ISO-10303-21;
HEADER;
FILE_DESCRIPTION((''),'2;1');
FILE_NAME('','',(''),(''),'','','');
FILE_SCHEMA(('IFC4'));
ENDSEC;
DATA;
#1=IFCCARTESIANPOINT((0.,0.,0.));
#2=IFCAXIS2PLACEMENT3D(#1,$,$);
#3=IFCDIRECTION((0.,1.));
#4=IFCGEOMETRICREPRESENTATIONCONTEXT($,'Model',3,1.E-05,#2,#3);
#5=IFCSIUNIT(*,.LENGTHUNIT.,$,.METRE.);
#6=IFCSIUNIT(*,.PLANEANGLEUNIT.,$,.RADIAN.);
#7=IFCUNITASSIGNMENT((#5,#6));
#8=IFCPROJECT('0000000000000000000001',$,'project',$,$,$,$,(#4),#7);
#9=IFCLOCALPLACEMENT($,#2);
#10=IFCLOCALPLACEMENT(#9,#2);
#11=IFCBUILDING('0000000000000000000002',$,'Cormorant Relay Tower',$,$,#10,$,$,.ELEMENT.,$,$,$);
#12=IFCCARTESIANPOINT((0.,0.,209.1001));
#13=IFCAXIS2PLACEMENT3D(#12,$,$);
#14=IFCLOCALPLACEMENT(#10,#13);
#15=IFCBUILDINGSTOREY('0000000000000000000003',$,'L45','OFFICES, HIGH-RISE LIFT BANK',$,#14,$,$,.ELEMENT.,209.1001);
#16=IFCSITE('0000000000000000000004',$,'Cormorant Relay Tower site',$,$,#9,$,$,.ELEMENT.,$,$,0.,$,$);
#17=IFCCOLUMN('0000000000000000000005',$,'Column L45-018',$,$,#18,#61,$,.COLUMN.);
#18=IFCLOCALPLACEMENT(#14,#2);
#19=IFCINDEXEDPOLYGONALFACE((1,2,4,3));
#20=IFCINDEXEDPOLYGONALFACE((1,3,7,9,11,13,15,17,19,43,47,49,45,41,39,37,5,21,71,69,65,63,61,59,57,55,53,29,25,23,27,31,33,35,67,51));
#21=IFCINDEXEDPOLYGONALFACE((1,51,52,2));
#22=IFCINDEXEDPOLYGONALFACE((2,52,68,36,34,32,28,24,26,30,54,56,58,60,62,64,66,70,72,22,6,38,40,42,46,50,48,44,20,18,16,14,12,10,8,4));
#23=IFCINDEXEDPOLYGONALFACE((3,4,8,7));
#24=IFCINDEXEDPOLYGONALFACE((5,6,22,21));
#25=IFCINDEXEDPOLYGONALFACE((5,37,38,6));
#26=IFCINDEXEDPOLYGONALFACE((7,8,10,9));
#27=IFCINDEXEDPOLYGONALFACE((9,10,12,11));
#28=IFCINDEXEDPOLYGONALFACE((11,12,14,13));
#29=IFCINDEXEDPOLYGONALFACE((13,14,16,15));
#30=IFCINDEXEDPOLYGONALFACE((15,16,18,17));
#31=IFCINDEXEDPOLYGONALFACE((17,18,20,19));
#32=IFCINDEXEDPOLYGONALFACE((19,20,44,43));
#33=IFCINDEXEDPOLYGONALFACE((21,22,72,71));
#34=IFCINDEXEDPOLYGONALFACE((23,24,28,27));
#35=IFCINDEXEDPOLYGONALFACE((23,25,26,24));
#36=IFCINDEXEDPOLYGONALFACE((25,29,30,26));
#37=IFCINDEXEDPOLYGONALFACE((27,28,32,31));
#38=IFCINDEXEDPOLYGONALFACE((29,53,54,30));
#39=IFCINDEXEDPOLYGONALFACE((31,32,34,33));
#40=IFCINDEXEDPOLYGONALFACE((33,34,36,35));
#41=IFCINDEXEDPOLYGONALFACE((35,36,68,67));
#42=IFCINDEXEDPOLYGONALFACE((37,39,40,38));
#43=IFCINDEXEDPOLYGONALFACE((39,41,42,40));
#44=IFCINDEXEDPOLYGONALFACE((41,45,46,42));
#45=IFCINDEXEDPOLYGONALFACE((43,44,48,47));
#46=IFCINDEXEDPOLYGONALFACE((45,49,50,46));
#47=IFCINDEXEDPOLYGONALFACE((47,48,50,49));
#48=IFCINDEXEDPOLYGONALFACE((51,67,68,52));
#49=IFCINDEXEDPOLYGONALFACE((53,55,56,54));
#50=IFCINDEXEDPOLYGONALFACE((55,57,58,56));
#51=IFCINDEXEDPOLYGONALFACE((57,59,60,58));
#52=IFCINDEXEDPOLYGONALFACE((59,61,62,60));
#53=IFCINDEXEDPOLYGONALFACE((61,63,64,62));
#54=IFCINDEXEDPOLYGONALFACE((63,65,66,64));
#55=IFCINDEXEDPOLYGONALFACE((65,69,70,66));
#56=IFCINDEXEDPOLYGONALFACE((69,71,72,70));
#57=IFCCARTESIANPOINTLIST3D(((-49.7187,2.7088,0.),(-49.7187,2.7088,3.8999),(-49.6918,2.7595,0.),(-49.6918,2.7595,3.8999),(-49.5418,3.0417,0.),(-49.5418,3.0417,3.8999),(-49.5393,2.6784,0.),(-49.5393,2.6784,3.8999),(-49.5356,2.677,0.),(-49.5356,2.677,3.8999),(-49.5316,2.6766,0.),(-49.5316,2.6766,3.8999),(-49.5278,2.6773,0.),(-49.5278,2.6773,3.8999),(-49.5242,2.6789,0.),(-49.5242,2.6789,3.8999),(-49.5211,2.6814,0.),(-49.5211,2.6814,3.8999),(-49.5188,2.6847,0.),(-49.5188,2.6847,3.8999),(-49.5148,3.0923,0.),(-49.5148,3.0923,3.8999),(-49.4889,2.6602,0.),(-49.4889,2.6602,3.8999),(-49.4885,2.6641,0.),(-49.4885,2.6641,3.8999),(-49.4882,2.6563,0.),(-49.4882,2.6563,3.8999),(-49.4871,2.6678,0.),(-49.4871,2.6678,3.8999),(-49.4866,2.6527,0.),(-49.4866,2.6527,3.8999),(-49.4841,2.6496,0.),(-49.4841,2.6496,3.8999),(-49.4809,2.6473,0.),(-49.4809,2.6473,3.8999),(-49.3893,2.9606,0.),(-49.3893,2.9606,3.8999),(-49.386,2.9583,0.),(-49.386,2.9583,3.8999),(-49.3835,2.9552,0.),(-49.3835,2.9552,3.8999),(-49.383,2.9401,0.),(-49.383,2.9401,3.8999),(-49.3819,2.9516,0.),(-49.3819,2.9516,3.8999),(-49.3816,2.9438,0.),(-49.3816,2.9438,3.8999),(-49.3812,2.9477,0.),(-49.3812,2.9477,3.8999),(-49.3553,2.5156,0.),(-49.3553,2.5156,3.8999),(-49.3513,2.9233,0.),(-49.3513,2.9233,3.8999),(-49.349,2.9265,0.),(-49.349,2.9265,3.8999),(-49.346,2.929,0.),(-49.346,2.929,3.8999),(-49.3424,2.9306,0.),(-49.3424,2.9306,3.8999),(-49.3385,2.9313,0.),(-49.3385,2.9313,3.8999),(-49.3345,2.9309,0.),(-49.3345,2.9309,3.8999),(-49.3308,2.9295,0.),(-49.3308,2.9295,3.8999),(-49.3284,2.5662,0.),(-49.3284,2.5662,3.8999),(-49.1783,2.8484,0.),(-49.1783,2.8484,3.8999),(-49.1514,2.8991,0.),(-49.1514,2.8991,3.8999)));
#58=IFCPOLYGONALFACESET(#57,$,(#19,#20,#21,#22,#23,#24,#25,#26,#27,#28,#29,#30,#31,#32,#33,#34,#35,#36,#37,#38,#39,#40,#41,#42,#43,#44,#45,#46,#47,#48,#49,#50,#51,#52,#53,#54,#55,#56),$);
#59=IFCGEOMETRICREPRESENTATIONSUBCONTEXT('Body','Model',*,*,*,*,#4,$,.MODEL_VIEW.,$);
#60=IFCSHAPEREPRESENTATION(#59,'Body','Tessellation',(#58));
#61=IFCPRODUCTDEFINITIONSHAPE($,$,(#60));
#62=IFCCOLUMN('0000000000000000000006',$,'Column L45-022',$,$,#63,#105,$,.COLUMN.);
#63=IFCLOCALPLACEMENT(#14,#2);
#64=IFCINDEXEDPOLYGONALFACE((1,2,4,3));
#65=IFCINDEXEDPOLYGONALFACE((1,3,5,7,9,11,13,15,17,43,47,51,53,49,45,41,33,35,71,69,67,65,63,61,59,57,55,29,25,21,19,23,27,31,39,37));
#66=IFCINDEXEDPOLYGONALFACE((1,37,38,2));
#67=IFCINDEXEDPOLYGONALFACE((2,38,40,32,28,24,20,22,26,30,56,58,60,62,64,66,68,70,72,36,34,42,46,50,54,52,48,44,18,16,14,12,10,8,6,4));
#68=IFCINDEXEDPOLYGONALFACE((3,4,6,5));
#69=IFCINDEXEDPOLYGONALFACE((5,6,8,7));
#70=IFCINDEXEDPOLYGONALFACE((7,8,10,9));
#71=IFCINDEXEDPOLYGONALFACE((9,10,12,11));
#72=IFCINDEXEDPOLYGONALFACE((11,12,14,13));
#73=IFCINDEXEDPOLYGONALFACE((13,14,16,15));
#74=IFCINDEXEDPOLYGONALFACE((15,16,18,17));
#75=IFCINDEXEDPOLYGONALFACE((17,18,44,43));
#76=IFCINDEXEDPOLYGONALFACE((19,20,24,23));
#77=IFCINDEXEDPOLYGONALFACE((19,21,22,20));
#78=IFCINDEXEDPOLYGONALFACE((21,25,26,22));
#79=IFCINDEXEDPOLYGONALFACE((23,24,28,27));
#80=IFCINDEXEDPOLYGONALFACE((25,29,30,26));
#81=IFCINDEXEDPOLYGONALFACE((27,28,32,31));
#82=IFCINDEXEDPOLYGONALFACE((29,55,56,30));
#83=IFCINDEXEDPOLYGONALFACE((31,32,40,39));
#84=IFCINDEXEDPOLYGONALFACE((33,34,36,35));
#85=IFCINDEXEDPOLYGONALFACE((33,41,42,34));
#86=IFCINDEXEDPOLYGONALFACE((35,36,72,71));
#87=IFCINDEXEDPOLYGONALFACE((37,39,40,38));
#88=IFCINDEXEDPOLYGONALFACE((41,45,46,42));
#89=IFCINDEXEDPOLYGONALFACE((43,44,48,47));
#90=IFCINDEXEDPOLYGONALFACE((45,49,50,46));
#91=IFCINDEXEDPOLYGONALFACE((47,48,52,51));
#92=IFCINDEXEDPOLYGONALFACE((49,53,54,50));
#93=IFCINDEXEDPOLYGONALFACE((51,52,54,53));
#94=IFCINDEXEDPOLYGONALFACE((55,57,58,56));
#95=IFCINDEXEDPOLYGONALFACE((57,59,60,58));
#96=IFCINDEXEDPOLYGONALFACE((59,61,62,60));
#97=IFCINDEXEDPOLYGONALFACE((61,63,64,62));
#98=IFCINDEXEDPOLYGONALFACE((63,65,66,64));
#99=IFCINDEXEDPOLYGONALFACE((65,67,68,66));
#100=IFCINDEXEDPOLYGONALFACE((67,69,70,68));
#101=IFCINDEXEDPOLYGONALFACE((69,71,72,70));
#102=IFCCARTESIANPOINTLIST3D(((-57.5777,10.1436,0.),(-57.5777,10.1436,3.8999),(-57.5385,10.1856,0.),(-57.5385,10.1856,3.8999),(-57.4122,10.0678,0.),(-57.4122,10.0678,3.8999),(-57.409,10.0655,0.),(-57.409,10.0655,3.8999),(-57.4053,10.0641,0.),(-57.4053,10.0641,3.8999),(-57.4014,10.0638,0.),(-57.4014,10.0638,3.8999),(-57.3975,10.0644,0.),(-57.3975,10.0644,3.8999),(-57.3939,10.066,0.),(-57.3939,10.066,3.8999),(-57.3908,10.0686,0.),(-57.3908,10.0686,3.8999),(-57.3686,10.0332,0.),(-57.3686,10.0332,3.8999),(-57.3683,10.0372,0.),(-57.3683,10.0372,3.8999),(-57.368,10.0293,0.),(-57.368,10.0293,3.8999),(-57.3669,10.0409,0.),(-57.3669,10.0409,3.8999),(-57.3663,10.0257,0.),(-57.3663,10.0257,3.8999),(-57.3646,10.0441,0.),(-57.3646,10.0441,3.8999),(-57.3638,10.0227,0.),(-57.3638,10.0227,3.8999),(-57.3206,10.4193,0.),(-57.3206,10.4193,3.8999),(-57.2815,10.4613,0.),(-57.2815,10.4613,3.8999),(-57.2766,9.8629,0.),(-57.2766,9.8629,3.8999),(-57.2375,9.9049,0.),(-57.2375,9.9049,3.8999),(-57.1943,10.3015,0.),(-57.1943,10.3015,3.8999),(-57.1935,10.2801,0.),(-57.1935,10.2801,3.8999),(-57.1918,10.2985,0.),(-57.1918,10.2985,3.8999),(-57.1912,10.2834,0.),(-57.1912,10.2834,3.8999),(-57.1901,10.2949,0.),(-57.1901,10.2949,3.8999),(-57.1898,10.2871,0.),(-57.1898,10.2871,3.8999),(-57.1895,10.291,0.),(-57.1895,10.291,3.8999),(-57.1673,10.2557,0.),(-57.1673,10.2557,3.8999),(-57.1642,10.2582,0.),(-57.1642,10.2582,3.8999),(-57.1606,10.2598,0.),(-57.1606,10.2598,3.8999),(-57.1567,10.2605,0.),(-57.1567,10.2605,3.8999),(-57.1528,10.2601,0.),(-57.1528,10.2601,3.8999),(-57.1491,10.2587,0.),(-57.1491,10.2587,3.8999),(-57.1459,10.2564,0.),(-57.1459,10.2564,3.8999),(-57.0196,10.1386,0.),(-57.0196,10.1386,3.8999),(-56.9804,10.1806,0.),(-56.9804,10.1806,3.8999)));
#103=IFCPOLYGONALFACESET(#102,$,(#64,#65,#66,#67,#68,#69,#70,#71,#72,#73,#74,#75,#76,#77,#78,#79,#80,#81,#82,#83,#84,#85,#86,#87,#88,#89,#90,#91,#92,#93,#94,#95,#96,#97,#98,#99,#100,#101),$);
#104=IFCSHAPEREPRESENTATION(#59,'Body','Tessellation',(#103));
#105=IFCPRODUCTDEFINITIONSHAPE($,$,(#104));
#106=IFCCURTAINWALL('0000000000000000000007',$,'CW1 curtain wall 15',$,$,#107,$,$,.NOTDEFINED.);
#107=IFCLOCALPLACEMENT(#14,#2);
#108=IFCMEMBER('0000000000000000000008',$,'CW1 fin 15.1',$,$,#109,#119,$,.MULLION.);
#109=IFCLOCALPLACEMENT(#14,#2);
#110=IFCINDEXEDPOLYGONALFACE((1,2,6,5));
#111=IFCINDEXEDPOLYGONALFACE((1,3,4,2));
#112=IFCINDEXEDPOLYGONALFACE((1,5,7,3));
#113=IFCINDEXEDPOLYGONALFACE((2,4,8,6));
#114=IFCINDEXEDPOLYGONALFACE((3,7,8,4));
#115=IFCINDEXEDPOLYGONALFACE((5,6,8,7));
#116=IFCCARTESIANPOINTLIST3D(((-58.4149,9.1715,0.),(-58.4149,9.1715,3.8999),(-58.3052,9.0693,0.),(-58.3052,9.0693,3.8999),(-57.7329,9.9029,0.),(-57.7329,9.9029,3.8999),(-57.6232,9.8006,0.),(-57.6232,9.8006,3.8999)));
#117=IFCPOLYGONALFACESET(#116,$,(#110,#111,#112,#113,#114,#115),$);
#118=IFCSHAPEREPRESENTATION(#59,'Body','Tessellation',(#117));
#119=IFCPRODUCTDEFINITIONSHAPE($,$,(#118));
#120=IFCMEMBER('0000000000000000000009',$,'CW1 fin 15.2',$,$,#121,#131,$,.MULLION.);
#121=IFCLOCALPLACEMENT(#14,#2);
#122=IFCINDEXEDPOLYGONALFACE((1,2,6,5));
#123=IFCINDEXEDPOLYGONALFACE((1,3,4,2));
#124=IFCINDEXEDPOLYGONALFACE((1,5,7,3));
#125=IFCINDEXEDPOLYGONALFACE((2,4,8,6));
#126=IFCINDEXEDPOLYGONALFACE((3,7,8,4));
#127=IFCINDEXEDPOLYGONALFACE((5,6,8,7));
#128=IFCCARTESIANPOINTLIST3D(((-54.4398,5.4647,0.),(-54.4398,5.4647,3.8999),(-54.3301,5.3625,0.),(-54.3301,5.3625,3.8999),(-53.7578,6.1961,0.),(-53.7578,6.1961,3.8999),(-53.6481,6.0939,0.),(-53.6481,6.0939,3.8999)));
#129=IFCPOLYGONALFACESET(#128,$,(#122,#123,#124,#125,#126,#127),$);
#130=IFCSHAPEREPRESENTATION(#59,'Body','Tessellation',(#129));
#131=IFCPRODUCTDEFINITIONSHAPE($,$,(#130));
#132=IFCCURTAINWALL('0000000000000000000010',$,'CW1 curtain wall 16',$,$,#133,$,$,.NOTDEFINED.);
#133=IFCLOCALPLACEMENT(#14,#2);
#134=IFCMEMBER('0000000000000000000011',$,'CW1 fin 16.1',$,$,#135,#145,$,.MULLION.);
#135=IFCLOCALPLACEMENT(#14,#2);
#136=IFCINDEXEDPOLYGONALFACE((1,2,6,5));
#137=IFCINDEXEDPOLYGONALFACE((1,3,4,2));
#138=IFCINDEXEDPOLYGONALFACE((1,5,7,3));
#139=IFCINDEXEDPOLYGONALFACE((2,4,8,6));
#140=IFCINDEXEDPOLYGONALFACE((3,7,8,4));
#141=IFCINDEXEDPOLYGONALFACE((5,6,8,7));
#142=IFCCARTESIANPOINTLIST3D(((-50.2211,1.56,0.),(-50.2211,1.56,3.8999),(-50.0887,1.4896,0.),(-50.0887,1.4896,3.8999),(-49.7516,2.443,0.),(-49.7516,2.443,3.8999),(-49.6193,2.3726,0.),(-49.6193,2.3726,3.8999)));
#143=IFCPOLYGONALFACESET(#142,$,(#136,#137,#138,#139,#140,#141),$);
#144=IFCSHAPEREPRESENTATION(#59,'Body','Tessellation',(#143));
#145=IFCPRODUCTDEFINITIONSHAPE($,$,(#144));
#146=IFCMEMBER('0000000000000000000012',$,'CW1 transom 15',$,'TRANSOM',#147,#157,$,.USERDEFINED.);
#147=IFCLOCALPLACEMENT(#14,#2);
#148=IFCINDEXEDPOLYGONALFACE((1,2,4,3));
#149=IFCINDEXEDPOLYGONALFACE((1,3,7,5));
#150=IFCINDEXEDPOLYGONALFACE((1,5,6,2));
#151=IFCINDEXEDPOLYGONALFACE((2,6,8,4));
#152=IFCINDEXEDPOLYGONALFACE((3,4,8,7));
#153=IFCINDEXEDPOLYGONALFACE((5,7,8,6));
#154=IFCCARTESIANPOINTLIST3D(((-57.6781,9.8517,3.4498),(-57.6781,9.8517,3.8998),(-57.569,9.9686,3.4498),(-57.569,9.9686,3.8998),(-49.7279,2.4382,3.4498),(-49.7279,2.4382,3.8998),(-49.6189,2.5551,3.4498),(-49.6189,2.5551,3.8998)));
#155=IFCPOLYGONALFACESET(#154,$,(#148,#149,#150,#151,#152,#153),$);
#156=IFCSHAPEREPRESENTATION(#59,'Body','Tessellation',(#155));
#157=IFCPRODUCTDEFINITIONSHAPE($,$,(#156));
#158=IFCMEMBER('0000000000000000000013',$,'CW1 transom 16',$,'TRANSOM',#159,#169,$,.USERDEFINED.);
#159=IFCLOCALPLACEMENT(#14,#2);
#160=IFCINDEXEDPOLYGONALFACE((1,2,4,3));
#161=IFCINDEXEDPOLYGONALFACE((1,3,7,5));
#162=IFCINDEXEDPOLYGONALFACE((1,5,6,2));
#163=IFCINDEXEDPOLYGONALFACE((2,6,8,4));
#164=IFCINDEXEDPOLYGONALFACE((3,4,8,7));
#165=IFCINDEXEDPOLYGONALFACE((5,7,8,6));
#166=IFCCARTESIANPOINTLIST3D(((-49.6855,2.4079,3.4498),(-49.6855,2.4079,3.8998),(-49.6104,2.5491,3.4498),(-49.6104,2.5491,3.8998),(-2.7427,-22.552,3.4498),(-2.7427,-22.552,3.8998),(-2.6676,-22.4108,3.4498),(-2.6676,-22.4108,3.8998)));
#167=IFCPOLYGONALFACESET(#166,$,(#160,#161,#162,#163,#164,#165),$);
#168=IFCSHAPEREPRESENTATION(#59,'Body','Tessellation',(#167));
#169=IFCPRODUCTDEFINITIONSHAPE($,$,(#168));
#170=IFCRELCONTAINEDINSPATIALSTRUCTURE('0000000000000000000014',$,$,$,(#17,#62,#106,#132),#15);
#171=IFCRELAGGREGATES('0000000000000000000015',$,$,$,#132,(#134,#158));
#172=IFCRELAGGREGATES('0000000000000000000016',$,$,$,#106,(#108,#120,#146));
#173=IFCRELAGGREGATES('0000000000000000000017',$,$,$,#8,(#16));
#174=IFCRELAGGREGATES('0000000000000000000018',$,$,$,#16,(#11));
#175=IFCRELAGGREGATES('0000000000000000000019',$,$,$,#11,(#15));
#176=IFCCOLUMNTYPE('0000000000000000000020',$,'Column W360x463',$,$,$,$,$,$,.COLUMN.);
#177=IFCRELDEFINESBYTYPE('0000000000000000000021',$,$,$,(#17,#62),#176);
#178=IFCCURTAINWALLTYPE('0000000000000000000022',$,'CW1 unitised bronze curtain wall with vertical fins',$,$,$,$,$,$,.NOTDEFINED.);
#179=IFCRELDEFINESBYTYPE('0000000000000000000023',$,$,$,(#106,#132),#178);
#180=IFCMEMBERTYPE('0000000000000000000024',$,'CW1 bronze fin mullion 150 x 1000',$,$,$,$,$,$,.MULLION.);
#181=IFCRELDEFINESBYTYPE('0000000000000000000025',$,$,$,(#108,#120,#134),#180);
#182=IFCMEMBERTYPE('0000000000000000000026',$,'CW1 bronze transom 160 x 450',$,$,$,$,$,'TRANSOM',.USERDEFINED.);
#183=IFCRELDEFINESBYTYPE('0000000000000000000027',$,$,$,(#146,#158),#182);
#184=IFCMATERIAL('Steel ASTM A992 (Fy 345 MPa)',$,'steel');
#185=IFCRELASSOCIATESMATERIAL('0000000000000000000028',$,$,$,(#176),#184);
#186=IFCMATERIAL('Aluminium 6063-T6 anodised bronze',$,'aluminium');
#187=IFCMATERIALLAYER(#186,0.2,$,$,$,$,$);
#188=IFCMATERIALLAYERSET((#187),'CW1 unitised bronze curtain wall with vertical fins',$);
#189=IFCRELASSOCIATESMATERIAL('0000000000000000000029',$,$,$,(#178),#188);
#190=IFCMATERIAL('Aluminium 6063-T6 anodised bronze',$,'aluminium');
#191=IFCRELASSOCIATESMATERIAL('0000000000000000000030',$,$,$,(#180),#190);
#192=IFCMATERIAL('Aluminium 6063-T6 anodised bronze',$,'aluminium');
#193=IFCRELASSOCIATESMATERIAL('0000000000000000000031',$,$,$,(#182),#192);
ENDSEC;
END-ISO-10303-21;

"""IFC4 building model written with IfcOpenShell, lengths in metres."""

from ifc_helpers import new_model, si_unit, direction, frame, origin, origin_2d, place, context, subcontext, project, spatial, rectangle, i_section, extrude, material, layer, layer_set, material_profile, profile_set, type_object, element, aggregate, save


model = new_model("IFC4")

# Units and contexts
model_context = context("Model", 3, precision=1e-05, world=origin(), true_north=direction((0.0, 1.0)))
body_context = subcontext(model_context, "Body", "Model", "MODEL_VIEW")
ifc_project = project(units=[si_unit("LENGTHUNIT", "METRE"), si_unit("PLANEANGLEUNIT", "RADIAN")], contexts=[model_context])

# Site, building, storey
site_placement = place(None, origin())
site = spatial("IfcSite", under=ifc_project, at=site_placement, Name="Cormorant Relay Tower site", CompositionType="ELEMENT", RefElevation=0.0)
building_placement = place(site_placement, origin())
building = spatial("IfcBuilding", under=site, at=building_placement, Name="Cormorant Relay Tower", CompositionType="ELEMENT")
storey_placement = place(building_placement, frame((0.0, 0.0, 209.1001)))
storey = spatial("IfcBuildingStorey", under=building, at=storey_placement, Name="L45", Description="OFFICES, HIGH-RISE LIFT BANK", CompositionType="ELEMENT", Elevation=209.1001)

# Columns
ifc_material_1 = material(Name="Steel ASTM A992 (Fy 345 MPa)", Category="steel")
ifc_material_profile_1 = material_profile(ifc_material_1, i_section(OverallWidth=0.4116, OverallDepth=0.4343, WebThickness=0.0359, FlangeThickness=0.0574, FilletRadius=0.0151, at=origin_2d()), Name="W360x463")
ifc_profile_set_1 = profile_set([ifc_material_profile_1], Name="Steel ASTM A992 (Fy 345 MPa)")
column_type = type_object("IfcColumnType", Name="Column W360x463", PredefinedType="COLUMN", material=ifc_profile_set_1)
for number, where, z_axis, x_axis, name in (
    (1, (-49.4351, 2.804, 0.0), (0.0, 0.0, 1.0), (0.882948, -0.469472, 0.0), "Column L45-018"),
    (2, (-57.2791, 10.1621, 0.0), (0.0, 0.0, 1.0), (0.731354, -0.681998, 0.0), "Column L45-022"),
):
    element("IfcColumn", number, at=place(storey_placement, frame(where, z_axis=z_axis, x_axis=x_axis)), inside=storey, type_object=column_type, Name=name, PredefinedType="COLUMN", context=body_context, shape_type="SweptSolid", body=[
        extrude(i_section(OverallWidth=0.4116, OverallDepth=0.4343, WebThickness=0.0359, FlangeThickness=0.0574, FilletRadius=0.0151, at=origin_2d()), origin(), (0.0, 0.0, 1.0), 3.8999),
    ])

# Curtain wall, members
ifc_material_2 = material(Name="Aluminium 6063-T6 anodised bronze", Category="aluminium")
ifc_layer_1 = layer(ifc_material_2, 0.2)
ifc_layer_set_1 = layer_set([ifc_layer_1], Name="CW1 unitised bronze curtain wall with vertical fins")
curtain_wall_type = type_object("IfcCurtainWallType", Name="CW1 unitised bronze curtain wall with vertical fins", PredefinedType="NOTDEFINED", material=ifc_layer_set_1)
curtain_wall_1_placement = place(storey_placement, origin())
curtain_wall_1 = element("IfcCurtainWall", 3, at=curtain_wall_1_placement, inside=storey, type_object=curtain_wall_type, Name="CW1 curtain wall 15", PredefinedType="NOTDEFINED")
ifc_material_3 = material(Name="Aluminium 6063-T6 anodised bronze", Category="aluminium")
ifc_material_profile_2 = material_profile(ifc_material_3, rectangle(XDim=0.1499, YDim=1.0, at=origin_2d()), Name="AL 150x1000")
ifc_profile_set_2 = profile_set([ifc_material_profile_2], Name="Aluminium 6063-T6 anodised bronze")
member_type_1 = type_object("IfcMemberType", Name="CW1 bronze fin mullion 150 x 1000", PredefinedType="MULLION", material=ifc_profile_set_2)
member_1_placement = place(storey_placement, frame((-58.019, 9.4861, 0.0), z_axis=(0.0, 0.0, 1.0), x_axis=(0.731354, -0.681998, 0.0)))
member_1 = element("IfcMember", 4, at=member_1_placement, type_object=member_type_1, Name="CW1 fin 15.1", PredefinedType="MULLION", context=body_context, shape_type="SweptSolid", body=[
    extrude(rectangle(XDim=0.1499, YDim=1.0, at=origin_2d()), origin(), (0.0, 0.0, 1.0), 3.8999),
])
member_2_placement = place(storey_placement, frame((-54.0439, 5.7793, 0.0), z_axis=(0.0, 0.0, 1.0), x_axis=(0.731354, -0.681998, 0.0)))
member_2 = element("IfcMember", 5, at=member_2_placement, type_object=member_type_1, Name="CW1 fin 15.2", PredefinedType="MULLION", context=body_context, shape_type="SweptSolid", body=[
    extrude(rectangle(XDim=0.1499, YDim=1.0, at=origin_2d()), origin(), (0.0, 0.0, 1.0), 3.8999),
])

# Curtain wall, member
curtain_wall_2_placement = place(storey_placement, origin())
curtain_wall_2 = element("IfcCurtainWall", 6, at=curtain_wall_2_placement, inside=storey, type_object=curtain_wall_type, Name="CW1 curtain wall 16", PredefinedType="NOTDEFINED")
member_3_placement = place(storey_placement, frame((-49.9202, 1.9663, 0.0), z_axis=(0.0, 0.0, 1.0), x_axis=(0.882948, -0.469472, 0.0)))
member_3 = element("IfcMember", 7, at=member_3_placement, type_object=member_type_1, Name="CW1 fin 16.1", PredefinedType="MULLION", context=body_context, shape_type="SweptSolid", body=[
    extrude(rectangle(XDim=0.1499, YDim=1.0, at=origin_2d()), origin(), (0.0, 0.0, 1.0), 3.8999),
])

# Members
ifc_material_4 = material(Name="Aluminium 6063-T6 anodised bronze", Category="aluminium")
ifc_material_profile_3 = material_profile(ifc_material_4, rectangle(XDim=0.1599, YDim=0.45, at=origin_2d()), Name="AL 160x450")
ifc_profile_set_3 = profile_set([ifc_material_profile_3], Name="Aluminium 6063-T6 anodised bronze")
member_type_2 = type_object("IfcMemberType", Name="CW1 bronze transom 160 x 450", ElementType="TRANSOM", PredefinedType="USERDEFINED", material=ifc_profile_set_3)
member_4_placement = place(storey_placement, frame((-57.6235, 9.9102, 3.6748), z_axis=(0.731358, -0.681993, 0.0), x_axis=(0.681993, 0.731358, 0.0)))
member_4 = element("IfcMember", 8, at=member_4_placement, type_object=member_type_2, Name="CW1 transom 15", ObjectType="TRANSOM", PredefinedType="USERDEFINED", context=body_context, shape_type="SweptSolid", body=[
    extrude(rectangle(XDim=0.1599, YDim=0.45, at=origin_2d()), origin(), (0.0, 0.0, 1.0), 10.8704),
])
member_5_placement = place(storey_placement, frame((-49.6479, 2.4785, 3.6748), z_axis=(0.882948, -0.469471, 0.0), x_axis=(0.469471, 0.882948, 0.0)))
member_5 = element("IfcMember", 9, at=member_5_placement, type_object=member_type_2, Name="CW1 transom 16", ObjectType="TRANSOM", PredefinedType="USERDEFINED", context=body_context, shape_type="SweptSolid", body=[
    extrude(rectangle(XDim=0.1599, YDim=0.45, at=origin_2d()), origin(), (0.0, 0.0, 1.0), 53.166),
])
aggregate(curtain_wall_2, [member_3, member_5])

aggregate(curtain_wall_1, [member_1, member_2, member_4])

save(model, "model.ifc")
